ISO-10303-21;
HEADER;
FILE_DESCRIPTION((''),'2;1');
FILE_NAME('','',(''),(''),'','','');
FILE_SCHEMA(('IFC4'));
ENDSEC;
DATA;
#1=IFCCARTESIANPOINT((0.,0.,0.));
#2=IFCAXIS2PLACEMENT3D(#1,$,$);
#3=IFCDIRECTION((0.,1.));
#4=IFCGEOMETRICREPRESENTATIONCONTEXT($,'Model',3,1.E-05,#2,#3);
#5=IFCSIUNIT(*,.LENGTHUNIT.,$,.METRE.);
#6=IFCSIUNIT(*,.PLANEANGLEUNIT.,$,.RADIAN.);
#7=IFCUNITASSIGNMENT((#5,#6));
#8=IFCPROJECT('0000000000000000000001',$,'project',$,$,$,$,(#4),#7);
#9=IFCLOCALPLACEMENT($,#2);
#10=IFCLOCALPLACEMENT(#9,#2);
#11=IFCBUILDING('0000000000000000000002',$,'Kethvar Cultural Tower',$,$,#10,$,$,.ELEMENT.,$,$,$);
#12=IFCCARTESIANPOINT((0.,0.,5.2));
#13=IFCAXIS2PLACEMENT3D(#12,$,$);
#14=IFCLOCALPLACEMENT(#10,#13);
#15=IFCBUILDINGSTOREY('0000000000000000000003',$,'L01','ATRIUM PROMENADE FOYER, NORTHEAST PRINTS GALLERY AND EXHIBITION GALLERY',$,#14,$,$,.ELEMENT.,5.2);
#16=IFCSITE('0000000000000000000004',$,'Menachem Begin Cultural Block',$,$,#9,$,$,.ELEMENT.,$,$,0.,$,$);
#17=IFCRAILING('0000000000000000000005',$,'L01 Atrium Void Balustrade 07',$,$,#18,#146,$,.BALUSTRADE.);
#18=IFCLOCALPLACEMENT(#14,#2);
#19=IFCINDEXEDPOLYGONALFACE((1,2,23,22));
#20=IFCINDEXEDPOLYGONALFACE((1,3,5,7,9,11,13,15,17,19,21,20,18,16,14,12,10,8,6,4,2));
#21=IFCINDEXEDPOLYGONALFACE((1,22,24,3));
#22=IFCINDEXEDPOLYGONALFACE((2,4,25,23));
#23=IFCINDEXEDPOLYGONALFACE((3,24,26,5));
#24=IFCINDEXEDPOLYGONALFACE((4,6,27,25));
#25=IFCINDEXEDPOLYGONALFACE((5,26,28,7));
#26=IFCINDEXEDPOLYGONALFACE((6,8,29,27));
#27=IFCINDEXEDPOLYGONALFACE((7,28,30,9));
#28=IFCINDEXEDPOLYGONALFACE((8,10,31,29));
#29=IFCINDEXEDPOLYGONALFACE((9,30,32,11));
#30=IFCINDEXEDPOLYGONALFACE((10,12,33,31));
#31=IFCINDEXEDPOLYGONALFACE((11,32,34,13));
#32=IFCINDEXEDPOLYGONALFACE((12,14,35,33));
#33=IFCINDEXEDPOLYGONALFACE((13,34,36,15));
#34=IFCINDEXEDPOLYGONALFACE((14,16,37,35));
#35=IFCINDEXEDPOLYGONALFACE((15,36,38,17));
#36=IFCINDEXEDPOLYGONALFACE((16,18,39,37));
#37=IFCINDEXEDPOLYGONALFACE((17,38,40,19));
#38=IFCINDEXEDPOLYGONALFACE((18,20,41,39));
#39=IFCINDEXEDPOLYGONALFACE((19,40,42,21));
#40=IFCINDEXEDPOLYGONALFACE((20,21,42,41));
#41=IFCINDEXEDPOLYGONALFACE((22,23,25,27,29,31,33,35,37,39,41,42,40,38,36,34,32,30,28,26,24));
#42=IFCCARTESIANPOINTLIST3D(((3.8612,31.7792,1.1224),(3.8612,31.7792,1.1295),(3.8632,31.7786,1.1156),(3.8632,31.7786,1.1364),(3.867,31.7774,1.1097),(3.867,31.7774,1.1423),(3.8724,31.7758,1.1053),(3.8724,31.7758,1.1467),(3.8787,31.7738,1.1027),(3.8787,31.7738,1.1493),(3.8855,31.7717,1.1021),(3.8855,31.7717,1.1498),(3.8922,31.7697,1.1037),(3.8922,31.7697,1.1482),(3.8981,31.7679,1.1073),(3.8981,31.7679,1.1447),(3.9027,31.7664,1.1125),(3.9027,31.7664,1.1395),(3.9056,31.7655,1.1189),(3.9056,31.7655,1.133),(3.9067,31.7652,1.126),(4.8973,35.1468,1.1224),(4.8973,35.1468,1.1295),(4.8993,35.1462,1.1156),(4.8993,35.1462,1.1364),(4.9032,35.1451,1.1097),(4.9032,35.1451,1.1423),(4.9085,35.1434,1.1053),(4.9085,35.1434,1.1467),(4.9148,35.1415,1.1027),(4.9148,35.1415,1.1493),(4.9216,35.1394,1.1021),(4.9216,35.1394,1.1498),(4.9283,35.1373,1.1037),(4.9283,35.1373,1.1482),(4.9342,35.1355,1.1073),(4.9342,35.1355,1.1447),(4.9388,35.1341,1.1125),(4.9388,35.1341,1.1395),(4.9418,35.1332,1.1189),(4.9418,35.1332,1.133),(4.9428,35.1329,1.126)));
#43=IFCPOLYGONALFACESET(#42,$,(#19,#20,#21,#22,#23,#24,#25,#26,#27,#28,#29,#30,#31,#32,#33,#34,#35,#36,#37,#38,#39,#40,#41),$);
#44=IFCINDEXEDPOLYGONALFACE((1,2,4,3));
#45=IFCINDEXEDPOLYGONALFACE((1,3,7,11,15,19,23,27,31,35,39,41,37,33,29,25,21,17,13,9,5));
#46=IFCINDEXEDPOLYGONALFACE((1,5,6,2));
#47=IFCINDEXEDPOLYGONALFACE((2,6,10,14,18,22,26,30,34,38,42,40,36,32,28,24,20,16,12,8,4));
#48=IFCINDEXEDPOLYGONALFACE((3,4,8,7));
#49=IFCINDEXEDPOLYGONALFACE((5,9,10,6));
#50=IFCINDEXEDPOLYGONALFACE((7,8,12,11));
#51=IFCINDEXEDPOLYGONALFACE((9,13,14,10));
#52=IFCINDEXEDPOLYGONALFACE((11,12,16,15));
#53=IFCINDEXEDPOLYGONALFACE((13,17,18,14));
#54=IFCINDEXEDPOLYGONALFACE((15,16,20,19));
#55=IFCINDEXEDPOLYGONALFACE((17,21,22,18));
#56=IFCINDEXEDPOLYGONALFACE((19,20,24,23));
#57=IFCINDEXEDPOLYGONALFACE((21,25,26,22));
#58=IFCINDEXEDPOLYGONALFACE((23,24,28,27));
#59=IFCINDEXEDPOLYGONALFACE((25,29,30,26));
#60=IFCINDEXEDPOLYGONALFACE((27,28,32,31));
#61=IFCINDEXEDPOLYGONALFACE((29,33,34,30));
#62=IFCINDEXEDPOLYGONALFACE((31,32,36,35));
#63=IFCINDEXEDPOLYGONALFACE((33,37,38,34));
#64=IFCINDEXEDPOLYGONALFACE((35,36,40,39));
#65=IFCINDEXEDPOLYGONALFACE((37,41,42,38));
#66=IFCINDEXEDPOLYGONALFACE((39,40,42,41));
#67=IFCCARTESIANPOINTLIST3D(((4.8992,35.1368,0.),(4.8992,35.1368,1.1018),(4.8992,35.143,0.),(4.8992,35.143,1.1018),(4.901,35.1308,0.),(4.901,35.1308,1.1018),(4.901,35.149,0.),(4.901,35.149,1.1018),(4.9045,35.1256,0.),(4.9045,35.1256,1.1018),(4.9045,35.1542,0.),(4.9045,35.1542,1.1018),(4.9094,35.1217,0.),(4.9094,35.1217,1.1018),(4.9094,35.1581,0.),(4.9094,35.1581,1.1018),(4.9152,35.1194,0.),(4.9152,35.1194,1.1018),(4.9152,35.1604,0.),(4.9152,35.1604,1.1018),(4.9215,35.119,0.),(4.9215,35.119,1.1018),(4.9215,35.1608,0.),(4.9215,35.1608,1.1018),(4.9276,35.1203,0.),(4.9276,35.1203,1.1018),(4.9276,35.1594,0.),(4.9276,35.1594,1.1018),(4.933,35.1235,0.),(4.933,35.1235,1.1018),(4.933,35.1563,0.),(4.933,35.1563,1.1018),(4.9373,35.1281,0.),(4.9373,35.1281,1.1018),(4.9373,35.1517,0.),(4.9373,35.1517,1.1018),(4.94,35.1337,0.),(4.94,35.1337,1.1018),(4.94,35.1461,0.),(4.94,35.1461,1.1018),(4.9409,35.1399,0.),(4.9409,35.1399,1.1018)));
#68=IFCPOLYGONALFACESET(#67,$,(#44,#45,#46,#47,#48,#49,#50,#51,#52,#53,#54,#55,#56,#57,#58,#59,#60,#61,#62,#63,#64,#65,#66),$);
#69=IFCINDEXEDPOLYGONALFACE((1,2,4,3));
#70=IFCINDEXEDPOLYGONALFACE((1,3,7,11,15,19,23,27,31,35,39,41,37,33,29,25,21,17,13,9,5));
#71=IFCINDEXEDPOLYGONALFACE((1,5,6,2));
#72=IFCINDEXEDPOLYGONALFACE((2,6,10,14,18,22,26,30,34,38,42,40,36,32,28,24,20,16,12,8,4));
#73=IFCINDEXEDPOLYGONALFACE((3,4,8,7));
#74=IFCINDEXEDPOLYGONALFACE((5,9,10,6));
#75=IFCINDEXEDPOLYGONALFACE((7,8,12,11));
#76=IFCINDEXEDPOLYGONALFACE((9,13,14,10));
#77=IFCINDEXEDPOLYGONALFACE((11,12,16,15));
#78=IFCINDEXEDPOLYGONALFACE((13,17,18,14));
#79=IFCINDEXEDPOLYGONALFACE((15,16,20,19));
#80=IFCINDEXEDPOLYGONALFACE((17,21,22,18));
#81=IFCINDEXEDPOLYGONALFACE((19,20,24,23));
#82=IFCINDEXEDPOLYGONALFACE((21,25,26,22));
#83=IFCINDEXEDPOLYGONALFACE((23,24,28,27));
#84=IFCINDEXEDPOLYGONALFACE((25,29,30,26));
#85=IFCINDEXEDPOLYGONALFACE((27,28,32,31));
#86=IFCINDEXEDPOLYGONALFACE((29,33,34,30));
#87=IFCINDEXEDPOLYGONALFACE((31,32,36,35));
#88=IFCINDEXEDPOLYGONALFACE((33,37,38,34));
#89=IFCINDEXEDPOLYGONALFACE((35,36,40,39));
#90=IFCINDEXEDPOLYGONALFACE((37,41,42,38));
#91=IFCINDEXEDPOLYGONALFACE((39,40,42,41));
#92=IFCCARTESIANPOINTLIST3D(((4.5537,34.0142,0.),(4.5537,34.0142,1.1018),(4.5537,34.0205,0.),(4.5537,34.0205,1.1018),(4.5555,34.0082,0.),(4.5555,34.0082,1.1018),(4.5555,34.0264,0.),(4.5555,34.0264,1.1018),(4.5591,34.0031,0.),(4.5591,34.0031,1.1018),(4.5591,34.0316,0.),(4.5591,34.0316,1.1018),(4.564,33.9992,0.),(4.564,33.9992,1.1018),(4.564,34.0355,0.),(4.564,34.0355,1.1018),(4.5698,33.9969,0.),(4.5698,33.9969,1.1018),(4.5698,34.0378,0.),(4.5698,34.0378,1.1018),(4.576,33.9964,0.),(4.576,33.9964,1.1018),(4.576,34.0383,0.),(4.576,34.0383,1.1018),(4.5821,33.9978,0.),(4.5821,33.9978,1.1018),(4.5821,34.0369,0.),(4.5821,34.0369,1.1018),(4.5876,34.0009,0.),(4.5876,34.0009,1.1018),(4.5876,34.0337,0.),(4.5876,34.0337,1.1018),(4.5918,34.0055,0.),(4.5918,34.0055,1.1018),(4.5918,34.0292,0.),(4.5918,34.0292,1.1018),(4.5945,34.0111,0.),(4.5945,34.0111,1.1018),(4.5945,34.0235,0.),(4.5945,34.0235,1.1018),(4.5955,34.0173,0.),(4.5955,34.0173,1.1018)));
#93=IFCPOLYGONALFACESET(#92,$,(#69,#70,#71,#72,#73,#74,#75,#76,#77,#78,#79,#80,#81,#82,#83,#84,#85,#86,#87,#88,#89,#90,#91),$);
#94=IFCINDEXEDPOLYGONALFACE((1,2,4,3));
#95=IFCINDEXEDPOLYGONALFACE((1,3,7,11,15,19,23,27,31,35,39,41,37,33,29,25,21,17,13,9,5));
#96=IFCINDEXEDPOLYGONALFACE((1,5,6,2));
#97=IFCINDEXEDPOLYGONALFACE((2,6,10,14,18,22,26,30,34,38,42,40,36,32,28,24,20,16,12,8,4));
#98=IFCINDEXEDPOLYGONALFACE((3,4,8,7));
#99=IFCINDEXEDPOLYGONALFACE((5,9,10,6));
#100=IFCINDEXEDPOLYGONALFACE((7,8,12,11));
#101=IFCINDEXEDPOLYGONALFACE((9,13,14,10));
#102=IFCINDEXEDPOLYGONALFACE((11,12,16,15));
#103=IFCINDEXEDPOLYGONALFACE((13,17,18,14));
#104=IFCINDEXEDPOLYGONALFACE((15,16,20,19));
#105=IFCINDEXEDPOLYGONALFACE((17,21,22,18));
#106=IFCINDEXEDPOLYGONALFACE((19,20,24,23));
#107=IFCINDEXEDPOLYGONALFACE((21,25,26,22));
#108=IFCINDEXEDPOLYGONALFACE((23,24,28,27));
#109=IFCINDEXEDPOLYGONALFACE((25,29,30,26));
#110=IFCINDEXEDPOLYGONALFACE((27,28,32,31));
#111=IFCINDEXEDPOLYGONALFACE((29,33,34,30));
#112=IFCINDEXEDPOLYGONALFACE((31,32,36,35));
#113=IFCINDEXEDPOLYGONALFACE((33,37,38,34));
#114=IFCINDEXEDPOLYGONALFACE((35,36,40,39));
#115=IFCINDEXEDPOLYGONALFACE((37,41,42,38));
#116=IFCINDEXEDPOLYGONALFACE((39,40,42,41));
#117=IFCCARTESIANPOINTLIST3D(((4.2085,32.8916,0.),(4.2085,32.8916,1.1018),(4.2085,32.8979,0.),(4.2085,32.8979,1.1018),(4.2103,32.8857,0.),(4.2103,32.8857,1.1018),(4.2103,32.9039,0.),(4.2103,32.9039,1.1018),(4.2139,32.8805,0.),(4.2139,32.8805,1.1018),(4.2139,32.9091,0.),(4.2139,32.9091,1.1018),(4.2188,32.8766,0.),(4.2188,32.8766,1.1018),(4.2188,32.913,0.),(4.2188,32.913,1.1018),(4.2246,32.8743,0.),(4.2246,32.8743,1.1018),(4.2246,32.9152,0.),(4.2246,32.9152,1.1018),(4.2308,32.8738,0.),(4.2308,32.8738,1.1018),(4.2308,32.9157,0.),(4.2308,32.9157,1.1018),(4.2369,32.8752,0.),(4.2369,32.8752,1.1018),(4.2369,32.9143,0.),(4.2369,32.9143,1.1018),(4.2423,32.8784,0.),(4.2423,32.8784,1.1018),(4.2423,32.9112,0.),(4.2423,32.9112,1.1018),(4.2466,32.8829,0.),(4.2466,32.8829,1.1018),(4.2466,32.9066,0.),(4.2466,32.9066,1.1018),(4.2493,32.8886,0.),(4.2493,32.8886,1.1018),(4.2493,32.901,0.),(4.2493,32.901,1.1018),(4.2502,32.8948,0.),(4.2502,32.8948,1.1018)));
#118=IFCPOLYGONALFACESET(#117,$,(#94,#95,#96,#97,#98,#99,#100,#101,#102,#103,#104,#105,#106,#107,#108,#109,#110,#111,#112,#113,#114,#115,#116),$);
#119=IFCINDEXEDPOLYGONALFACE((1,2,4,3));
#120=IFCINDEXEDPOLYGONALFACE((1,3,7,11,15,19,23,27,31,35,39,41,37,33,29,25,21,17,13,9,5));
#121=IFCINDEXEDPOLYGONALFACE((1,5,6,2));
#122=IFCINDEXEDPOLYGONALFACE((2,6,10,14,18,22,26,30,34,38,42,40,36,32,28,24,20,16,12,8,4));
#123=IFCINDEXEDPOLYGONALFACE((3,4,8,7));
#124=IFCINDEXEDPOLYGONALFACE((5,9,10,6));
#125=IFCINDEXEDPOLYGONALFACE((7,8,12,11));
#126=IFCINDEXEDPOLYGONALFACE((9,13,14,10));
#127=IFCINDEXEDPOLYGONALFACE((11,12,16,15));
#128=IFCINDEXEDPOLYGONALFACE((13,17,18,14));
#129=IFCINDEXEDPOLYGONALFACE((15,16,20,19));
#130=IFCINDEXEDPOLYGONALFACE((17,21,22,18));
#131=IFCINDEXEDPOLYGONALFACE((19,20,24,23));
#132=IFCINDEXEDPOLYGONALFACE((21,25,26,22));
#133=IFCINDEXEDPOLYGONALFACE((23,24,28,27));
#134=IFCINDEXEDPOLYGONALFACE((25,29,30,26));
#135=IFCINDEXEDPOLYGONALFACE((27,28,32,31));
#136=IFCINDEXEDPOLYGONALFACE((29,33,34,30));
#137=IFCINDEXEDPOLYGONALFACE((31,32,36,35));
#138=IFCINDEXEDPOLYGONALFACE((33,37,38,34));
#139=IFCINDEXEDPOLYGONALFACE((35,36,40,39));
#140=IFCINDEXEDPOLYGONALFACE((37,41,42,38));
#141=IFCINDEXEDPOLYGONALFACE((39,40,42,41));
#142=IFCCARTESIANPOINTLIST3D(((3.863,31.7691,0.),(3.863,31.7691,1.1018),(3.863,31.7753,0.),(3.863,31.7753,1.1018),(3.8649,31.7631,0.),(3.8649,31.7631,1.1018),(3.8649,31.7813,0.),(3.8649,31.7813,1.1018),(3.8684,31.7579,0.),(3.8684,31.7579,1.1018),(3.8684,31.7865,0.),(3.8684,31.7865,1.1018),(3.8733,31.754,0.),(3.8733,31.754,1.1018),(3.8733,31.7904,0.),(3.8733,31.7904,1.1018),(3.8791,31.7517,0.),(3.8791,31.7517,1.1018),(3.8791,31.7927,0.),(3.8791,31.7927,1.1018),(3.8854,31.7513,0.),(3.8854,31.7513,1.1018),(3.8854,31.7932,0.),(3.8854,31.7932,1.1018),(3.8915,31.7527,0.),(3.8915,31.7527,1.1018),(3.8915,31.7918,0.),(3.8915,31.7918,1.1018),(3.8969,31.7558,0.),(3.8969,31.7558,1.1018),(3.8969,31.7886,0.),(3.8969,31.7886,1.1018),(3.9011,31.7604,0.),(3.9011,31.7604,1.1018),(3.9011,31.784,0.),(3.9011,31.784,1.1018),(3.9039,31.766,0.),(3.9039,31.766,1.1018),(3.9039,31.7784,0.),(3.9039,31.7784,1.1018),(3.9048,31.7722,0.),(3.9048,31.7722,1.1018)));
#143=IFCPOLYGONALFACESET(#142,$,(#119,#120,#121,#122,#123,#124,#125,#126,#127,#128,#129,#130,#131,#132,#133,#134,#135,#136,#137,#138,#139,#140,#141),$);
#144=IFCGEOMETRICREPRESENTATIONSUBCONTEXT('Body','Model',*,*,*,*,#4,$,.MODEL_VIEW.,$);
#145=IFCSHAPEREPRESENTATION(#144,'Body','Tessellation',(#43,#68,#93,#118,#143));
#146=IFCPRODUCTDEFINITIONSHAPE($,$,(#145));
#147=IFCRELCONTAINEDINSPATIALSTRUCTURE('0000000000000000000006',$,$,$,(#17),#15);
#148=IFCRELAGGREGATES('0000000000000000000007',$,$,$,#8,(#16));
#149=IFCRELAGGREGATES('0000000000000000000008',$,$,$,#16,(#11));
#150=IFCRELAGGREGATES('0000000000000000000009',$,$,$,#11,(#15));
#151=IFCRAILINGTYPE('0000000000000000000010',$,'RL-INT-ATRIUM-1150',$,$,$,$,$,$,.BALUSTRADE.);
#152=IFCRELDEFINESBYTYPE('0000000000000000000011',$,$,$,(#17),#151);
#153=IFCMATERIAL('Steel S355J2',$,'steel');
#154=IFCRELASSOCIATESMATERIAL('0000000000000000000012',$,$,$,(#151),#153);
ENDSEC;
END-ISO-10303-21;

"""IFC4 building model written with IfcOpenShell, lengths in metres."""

from ifc_helpers import new_model, si_unit, direction, frame, origin, origin_2d, place, context, subcontext, project, spatial, circle, extrude, material, type_object, element, save


model = new_model("IFC4")

# Units and contexts
model_context = context("Model", 3, precision=1e-05, world=origin(), true_north=direction((0.0, 1.0)))
body_context = subcontext(model_context, "Body", "Model", "MODEL_VIEW")
ifc_project = project(units=[si_unit("LENGTHUNIT", "METRE"), si_unit("PLANEANGLEUNIT", "RADIAN")], contexts=[model_context])

# Site, building, storey
site_placement = place(None, origin())
site = spatial("IfcSite", under=ifc_project, at=site_placement, Name="Menachem Begin Cultural Block", CompositionType="ELEMENT", RefElevation=0.0)
building_placement = place(site_placement, origin())
building = spatial("IfcBuilding", under=site, at=building_placement, Name="Kethvar Cultural Tower", CompositionType="ELEMENT")
storey_placement = place(building_placement, frame((0.0, 0.0, 5.2)))
storey = spatial("IfcBuildingStorey", under=building, at=storey_placement, Name="L01", Description="ATRIUM PROMENADE FOYER, NORTHEAST PRINTS GALLERY AND EXHIBITION GALLERY", CompositionType="ELEMENT", Elevation=5.2)

# Shared definitions
ifc_material_1 = material(Name="Steel S355J2", Category="steel")

# Railing
railing_type_1 = type_object("IfcRailingType", Name="RL-INT-ATRIUM-1150", PredefinedType="BALUSTRADE", material=ifc_material_1)
railing_1_placement = place(storey_placement, frame((4.9199, 35.1399, 0.0)))
element("IfcRailing", 1, at=railing_1_placement, inside=storey, type_object=railing_type_1, Name="L01 Atrium Void Balustrade 07", PredefinedType="BALUSTRADE", context=body_context, shape_type="SweptSolid", body=[
    extrude(circle(Radius=0.0239, at=origin_2d()), frame((0.0, 0.0, 1.126), z_axis=(-0.294066, -0.955785, 0.0), x_axis=(0.955785, -0.294066, 0.0)), (0.0, 0.0, 1.0), 3.5234),
    extrude(circle(Radius=0.021, at=origin_2d()), origin(), (0.0, 0.0, 1.0), 1.1018),
    extrude(circle(Radius=0.021, at=origin_2d()), frame((-0.3455, -1.1226, 0.0)), (0.0, 0.0, 1.0), 1.1018),
    extrude(circle(Radius=0.021, at=origin_2d()), frame((-0.6907, -2.2451, 0.0)), (0.0, 0.0, 1.0), 1.1018),
    extrude(circle(Radius=0.021, at=origin_2d()), frame((-1.0361, -3.3677, 0.0)), (0.0, 0.0, 1.0), 1.1018),
])

save(model, "model.ifc")
